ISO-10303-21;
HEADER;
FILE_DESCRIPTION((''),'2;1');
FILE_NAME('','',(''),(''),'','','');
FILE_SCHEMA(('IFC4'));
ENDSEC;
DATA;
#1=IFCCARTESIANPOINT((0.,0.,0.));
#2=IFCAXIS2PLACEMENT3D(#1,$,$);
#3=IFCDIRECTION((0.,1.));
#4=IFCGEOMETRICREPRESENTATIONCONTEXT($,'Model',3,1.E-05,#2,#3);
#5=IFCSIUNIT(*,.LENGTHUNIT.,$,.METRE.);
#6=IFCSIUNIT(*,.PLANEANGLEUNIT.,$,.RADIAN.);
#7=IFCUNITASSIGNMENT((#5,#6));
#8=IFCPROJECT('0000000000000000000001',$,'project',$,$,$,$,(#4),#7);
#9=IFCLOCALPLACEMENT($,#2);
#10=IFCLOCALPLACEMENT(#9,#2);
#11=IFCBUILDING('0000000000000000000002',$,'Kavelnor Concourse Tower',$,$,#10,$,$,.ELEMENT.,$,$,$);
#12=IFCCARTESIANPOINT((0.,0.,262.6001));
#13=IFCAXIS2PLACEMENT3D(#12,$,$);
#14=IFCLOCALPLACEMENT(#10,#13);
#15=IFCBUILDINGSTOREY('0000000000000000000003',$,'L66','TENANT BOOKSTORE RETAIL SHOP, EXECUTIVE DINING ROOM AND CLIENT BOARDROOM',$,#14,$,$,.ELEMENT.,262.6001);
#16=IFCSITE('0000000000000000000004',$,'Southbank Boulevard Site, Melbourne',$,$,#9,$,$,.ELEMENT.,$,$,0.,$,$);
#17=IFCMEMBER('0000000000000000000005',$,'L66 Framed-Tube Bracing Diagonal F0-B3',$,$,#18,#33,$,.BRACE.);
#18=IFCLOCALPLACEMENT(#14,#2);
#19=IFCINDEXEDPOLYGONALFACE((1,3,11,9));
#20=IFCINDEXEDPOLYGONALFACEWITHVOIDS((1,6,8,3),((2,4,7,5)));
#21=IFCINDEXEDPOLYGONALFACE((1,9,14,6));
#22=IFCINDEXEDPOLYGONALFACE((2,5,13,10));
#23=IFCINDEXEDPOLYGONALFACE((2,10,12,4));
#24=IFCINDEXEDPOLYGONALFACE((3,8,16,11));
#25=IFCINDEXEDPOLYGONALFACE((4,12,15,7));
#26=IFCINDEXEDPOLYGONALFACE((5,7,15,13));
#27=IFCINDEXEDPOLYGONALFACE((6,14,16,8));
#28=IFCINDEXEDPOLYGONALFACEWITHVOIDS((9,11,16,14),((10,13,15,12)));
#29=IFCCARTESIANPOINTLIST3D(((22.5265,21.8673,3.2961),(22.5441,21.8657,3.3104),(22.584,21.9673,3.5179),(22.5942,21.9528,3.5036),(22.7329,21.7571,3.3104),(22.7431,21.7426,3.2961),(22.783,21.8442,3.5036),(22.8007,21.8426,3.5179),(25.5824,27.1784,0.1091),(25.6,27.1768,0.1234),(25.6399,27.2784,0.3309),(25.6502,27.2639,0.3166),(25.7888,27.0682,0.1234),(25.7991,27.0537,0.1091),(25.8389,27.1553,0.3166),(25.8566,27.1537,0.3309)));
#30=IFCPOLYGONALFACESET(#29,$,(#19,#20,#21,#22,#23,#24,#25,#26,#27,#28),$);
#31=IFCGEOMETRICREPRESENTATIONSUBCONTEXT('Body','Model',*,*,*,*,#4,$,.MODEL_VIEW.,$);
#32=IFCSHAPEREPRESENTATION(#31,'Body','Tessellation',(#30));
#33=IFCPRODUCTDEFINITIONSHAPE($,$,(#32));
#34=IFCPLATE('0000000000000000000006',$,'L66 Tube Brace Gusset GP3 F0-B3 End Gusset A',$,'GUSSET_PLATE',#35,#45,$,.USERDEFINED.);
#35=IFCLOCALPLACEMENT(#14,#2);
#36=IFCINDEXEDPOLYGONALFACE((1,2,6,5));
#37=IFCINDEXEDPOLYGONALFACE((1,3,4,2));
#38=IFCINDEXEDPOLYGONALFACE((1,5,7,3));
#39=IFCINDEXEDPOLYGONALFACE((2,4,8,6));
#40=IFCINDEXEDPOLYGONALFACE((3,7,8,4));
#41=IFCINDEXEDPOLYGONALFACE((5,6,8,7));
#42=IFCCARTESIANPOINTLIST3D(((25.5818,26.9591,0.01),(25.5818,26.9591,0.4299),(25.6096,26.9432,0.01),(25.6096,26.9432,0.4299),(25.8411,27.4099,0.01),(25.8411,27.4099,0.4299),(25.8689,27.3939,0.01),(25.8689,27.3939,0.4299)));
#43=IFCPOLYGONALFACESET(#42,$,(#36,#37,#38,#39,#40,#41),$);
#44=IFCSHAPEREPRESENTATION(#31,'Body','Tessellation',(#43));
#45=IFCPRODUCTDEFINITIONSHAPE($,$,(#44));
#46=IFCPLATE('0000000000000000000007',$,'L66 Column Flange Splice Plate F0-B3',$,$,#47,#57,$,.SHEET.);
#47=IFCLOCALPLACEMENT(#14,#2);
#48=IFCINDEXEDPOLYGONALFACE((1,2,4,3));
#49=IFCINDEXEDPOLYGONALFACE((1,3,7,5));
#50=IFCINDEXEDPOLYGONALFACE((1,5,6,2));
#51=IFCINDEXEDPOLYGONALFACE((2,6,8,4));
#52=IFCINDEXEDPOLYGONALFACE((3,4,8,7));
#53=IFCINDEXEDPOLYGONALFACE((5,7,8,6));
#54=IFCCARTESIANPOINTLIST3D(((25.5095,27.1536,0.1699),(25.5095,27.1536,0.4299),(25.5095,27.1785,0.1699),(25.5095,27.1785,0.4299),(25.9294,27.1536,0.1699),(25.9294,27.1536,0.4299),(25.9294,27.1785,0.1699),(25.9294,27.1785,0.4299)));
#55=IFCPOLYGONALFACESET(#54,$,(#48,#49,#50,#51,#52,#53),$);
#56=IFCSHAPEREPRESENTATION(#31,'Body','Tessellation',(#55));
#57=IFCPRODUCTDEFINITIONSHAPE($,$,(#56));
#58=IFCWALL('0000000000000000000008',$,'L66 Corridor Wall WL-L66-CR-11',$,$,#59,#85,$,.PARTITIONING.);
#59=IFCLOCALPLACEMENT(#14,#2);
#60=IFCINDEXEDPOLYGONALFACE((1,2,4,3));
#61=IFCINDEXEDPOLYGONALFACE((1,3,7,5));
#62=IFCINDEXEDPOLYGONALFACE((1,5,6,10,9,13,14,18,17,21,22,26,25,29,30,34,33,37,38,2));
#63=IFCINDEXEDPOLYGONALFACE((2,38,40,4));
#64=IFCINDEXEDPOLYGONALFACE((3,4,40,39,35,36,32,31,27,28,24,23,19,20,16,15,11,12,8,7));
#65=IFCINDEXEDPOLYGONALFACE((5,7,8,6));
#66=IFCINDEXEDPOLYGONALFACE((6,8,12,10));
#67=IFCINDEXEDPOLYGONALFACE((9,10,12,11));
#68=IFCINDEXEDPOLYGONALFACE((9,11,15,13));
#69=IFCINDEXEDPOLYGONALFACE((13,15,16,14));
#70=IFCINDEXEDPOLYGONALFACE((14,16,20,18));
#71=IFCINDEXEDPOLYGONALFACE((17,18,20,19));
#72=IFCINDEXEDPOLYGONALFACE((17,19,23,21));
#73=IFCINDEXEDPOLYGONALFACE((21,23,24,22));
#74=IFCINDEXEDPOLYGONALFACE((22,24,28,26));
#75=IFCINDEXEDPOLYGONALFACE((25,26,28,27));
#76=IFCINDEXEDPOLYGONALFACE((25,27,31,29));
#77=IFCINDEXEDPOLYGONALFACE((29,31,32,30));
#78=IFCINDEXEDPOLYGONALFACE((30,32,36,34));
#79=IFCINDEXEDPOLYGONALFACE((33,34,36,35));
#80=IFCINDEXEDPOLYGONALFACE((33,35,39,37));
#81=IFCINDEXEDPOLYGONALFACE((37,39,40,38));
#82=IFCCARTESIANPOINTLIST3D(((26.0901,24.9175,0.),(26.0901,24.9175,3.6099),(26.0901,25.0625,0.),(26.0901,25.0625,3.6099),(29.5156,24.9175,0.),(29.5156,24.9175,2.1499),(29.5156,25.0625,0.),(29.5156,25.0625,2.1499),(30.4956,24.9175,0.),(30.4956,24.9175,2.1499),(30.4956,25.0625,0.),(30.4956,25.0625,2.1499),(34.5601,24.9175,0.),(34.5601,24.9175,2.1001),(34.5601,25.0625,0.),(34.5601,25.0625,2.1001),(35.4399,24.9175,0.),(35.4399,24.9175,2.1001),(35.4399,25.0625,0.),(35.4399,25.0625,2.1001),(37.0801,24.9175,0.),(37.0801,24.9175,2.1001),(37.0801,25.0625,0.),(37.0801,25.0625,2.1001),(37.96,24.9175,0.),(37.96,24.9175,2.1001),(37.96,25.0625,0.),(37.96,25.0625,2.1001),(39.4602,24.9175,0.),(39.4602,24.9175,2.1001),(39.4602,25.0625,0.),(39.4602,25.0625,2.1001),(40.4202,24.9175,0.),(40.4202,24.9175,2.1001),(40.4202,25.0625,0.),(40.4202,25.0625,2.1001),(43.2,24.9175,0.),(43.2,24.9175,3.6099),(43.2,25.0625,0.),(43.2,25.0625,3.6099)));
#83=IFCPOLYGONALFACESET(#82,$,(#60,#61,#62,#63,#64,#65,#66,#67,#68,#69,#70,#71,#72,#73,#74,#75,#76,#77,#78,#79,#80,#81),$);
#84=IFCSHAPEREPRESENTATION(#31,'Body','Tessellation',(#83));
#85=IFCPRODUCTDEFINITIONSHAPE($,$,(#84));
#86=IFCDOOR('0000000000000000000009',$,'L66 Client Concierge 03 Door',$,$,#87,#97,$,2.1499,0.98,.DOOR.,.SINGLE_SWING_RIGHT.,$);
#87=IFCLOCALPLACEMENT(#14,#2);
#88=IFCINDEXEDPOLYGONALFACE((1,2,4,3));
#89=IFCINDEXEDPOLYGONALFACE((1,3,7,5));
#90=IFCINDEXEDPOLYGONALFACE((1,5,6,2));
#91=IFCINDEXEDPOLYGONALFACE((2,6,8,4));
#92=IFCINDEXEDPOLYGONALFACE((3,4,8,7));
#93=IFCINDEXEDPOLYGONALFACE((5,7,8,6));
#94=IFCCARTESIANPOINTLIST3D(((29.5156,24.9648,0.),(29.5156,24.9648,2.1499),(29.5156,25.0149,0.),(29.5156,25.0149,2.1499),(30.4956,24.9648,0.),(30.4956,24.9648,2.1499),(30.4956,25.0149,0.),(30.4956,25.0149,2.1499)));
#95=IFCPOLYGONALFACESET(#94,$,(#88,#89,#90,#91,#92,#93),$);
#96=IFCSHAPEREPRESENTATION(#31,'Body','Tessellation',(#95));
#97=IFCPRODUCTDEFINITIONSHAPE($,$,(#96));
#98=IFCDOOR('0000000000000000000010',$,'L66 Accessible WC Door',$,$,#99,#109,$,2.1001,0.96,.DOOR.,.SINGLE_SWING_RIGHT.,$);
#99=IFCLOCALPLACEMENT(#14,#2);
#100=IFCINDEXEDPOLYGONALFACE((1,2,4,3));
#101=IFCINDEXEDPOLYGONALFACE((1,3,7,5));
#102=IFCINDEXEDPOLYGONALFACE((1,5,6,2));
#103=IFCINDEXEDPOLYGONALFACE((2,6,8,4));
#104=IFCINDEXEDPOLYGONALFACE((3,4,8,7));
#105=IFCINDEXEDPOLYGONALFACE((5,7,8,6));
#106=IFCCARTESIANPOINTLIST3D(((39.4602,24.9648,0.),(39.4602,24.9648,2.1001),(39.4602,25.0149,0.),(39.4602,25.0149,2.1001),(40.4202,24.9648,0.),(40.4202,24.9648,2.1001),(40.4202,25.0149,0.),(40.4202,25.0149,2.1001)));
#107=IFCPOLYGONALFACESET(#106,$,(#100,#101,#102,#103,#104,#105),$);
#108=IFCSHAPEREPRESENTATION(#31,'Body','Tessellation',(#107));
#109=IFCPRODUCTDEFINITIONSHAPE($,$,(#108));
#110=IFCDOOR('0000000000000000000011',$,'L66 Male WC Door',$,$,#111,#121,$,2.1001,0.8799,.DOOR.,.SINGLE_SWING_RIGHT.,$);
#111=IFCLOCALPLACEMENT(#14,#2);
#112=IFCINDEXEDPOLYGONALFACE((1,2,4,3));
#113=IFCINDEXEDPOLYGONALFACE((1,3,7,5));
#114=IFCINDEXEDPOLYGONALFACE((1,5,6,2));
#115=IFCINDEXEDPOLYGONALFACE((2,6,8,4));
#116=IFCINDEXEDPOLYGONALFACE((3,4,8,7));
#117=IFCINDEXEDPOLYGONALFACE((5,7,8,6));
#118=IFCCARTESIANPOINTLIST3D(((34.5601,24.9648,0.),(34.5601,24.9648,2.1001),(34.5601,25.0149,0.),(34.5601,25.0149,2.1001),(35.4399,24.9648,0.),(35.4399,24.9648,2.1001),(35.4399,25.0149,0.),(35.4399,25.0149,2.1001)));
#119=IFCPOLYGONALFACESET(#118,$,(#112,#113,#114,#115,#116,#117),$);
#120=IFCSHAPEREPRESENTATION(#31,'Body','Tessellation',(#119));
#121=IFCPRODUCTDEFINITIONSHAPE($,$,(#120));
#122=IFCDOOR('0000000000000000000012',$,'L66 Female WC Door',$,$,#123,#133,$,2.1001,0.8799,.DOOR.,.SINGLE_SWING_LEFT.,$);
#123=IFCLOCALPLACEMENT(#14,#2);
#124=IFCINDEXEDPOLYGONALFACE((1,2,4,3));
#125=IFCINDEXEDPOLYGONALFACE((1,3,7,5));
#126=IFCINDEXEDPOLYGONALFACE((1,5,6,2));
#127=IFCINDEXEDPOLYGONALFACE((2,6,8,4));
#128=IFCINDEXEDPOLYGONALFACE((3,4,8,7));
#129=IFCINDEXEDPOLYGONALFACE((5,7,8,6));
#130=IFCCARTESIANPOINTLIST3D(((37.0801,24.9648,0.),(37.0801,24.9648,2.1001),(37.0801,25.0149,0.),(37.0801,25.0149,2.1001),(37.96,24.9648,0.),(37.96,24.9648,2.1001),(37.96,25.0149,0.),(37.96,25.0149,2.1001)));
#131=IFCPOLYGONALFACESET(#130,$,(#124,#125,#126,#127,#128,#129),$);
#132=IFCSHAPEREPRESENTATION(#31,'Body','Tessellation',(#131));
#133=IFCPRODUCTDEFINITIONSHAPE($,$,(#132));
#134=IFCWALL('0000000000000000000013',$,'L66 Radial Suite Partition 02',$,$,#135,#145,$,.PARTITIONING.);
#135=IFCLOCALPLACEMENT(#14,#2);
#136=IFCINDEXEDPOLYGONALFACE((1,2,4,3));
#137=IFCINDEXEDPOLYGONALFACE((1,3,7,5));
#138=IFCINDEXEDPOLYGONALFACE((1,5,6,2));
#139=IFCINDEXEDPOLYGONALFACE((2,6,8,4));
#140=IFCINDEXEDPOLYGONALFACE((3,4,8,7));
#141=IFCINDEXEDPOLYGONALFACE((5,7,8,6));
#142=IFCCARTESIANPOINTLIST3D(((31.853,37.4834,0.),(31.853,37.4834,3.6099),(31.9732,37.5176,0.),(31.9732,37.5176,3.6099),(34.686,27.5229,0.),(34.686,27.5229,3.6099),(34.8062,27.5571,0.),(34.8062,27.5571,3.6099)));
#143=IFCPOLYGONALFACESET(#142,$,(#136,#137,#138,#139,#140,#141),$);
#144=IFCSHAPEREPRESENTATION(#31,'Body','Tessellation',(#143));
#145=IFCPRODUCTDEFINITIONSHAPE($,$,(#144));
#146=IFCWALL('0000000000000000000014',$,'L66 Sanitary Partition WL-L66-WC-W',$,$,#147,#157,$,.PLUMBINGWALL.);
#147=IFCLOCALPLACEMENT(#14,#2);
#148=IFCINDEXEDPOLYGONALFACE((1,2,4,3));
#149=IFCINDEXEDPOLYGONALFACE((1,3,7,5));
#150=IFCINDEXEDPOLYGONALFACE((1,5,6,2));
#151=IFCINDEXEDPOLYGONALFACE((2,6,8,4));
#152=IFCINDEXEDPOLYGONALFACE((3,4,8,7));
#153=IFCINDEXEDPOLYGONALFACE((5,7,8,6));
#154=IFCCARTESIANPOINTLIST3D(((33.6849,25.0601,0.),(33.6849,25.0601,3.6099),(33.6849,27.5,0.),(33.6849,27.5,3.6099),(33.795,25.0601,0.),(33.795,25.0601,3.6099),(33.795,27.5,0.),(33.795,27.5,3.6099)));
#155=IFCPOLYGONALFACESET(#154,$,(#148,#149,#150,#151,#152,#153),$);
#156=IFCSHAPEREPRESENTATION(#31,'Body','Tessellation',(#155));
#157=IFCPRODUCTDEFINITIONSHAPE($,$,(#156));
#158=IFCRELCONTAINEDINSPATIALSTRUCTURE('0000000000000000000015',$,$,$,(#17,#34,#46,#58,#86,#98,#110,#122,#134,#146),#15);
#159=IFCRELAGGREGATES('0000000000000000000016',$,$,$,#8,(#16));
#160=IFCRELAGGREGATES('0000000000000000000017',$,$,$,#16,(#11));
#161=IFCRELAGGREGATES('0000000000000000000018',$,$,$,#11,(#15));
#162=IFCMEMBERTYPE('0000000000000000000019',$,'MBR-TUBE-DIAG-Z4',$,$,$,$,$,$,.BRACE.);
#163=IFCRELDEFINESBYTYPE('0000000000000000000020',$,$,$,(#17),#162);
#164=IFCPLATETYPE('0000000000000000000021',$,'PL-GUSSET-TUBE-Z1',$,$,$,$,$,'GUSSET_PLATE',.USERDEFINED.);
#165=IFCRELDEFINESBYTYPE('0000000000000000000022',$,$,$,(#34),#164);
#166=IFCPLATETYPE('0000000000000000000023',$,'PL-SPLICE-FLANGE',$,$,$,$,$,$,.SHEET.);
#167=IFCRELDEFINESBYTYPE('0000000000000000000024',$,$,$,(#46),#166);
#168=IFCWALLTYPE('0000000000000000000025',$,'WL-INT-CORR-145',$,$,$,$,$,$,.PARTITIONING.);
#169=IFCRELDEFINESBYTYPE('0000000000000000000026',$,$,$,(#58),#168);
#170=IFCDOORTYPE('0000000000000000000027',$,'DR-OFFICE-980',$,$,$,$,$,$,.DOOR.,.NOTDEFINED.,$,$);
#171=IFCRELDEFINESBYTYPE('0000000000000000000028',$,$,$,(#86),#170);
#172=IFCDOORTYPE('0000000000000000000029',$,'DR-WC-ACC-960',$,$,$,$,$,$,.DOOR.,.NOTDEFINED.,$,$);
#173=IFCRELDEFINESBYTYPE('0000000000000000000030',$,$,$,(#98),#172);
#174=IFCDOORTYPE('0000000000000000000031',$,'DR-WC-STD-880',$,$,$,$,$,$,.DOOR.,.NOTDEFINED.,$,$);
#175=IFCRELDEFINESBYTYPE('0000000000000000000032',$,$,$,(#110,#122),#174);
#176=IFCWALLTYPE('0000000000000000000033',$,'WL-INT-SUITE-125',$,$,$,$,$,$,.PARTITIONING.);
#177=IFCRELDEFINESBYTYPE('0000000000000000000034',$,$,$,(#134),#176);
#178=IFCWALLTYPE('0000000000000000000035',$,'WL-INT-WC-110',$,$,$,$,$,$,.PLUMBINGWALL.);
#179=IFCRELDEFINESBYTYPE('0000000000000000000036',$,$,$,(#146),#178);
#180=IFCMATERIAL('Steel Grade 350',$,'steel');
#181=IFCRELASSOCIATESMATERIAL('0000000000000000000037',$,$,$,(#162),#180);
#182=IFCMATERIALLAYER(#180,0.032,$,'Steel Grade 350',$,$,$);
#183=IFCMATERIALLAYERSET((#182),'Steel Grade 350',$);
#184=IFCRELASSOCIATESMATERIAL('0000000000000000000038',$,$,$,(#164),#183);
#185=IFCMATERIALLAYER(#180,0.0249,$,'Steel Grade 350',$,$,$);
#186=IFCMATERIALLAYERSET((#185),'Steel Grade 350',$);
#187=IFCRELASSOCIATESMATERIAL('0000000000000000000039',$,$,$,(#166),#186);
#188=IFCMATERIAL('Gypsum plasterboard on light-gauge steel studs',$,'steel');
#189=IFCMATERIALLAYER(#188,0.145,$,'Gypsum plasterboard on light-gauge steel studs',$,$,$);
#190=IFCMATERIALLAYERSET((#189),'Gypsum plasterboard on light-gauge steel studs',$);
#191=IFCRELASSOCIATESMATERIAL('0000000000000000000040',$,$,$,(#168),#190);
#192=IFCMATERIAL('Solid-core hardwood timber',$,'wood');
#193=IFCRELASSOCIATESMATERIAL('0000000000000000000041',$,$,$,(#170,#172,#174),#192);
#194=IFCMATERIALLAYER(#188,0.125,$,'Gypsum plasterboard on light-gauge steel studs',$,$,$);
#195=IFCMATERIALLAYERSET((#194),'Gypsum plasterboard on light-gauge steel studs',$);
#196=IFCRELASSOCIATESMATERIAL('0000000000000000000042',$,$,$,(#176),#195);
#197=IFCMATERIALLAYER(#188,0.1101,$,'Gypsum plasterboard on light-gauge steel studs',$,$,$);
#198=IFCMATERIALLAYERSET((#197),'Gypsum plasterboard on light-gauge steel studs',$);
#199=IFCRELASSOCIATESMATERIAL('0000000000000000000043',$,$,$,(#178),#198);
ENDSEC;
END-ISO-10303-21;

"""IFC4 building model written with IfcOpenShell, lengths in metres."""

from ifc_helpers import new_model, si_unit, direction, frame, frame_2d, origin, origin_2d, place, context, subcontext, project, spatial, rectangle, hollow_rectangle, extrude, material, layer, layer_set, material_profile, profile_set, type_object, element, fill, save


model = new_model("IFC4")

# Units and contexts
model_context = context("Model", 3, precision=1e-05, world=origin(), true_north=direction((0.0, 1.0)))
body_context = subcontext(model_context, "Body", "Model", "MODEL_VIEW")
ifc_project = project(units=[si_unit("LENGTHUNIT", "METRE"), si_unit("PLANEANGLEUNIT", "RADIAN")], contexts=[model_context])

# Site, building, storey
site_placement = place(None, origin())
site = spatial("IfcSite", under=ifc_project, at=site_placement, Name="Southbank Boulevard Site, Melbourne", CompositionType="ELEMENT", RefElevation=0.0)
building_placement = place(site_placement, origin())
building = spatial("IfcBuilding", under=site, at=building_placement, Name="Kavelnor Concourse Tower", CompositionType="ELEMENT")
storey_placement = place(building_placement, frame((0.0, 0.0, 262.6001)))
storey = spatial("IfcBuildingStorey", under=building, at=storey_placement, Name="L66", Description="TENANT BOOKSTORE RETAIL SHOP, EXECUTIVE DINING ROOM AND CLIENT BOARDROOM", CompositionType="ELEMENT", Elevation=262.6001)

# Shared definitions
ifc_material_1 = material(Name="Steel Grade 350", Category="steel")

# Member
ifc_material_profile_1 = material_profile(ifc_material_1, hollow_rectangle(XDim=0.25, YDim=0.25, WallThickness=0.0161, at=origin_2d()), Name="SHS 250x250x16")
ifc_profile_set_1 = profile_set([ifc_material_profile_1], Name="Steel Grade 350")
member_type = type_object("IfcMemberType", Name="MBR-TUBE-DIAG-Z4", PredefinedType="BRACE", material=ifc_profile_set_1)
member_placement = place(storey_placement, frame((25.7195, 27.166, 0.22), z_axis=(-0.442455, -0.768967, 0.461437), x_axis=(0.866761, -0.498724, 0.0)))
element("IfcMember", 1, at=member_placement, inside=storey, type_object=member_type, Name="L66 Framed-Tube Bracing Diagonal F0-B3", PredefinedType="BRACE", context=body_context, shape_type="SweptSolid", body=[
    extrude(hollow_rectangle(XDim=0.25, YDim=0.25, WallThickness=0.0161, at=origin_2d()), origin(), (0.0, 0.0, 1.0), 6.9067),
])

# Plates
ifc_layer_1 = layer(ifc_material_1, 0.032, Name="Steel Grade 350")
ifc_layer_set_1 = layer_set([ifc_layer_1], Name="Steel Grade 350")
plate_type_1 = type_object("IfcPlateType", Name="PL-GUSSET-TUBE-Z1", ElementType="GUSSET_PLATE", PredefinedType="USERDEFINED", material=ifc_layer_set_1)
plate_1_placement = place(storey_placement, frame((25.7253, 27.1765, 0.01), z_axis=(0.0, 0.0, 1.0), x_axis=(-0.498639, -0.86681, 0.0)))
element("IfcPlate", 2, at=plate_1_placement, inside=storey, type_object=plate_type_1, Name="L66 Tube Brace Gusset GP3 F0-B3 End Gusset A", ObjectType="GUSSET_PLATE", PredefinedType="USERDEFINED", context=body_context, shape_type="SweptSolid", body=[
    extrude(rectangle(XDim=0.52, YDim=0.032, at=origin_2d()), origin(), (0.0, 0.0, 1.0), 0.4199),
])
ifc_layer_2 = layer(ifc_material_1, 0.0249, Name="Steel Grade 350")
ifc_layer_set_2 = layer_set([ifc_layer_2], Name="Steel Grade 350")
plate_type_2 = type_object("IfcPlateType", Name="PL-SPLICE-FLANGE", PredefinedType="SHEET", material=ifc_layer_set_2)
plate_2_placement = place(storey_placement, frame((25.7195, 27.166, 0.1699), z_axis=(0.0, 0.0, 1.0), x_axis=(1.0, 0.0, 0.0)))
element("IfcPlate", 3, at=plate_2_placement, inside=storey, type_object=plate_type_2, Name="L66 Column Flange Splice Plate F0-B3", PredefinedType="SHEET", context=body_context, shape_type="SweptSolid", body=[
    extrude(rectangle(XDim=0.4199, YDim=0.0249, at=origin_2d()), origin(), (0.0, 0.0, 1.0), 0.26),
])

# Wall, openings, doors
ifc_material_2 = material(Name="Gypsum plasterboard on light-gauge steel studs", Category="steel")
ifc_layer_3 = layer(ifc_material_2, 0.145, Name="Gypsum plasterboard on light-gauge steel studs")
ifc_layer_set_3 = layer_set([ifc_layer_3], Name="Gypsum plasterboard on light-gauge steel studs")
wall_type_1 = type_object("IfcWallType", Name="WL-INT-CORR-145", PredefinedType="PARTITIONING", material=ifc_layer_set_3)
wall_1_placement = place(storey_placement, frame((26.0901, 24.99, 0.0), z_axis=(0.0, 0.0, 1.0), x_axis=(1.0, 0.0, 0.0)))
wall_1 = element("IfcWall", 4, at=wall_1_placement, inside=storey, type_object=wall_type_1, Name="L66 Corridor Wall WL-L66-CR-11", PredefinedType="PARTITIONING", context=body_context, shape_type="SweptSolid", body=[
    extrude(rectangle(XDim=17.1099, YDim=0.145, at=frame_2d((8.5549, 0.0))), origin(), (0.0, 0.0, 1.0), 3.6099),
])
opening_1_placement = place(wall_1_placement, frame((8.47, 0.0, 0.0)))
opening_1 = element("IfcOpeningElement", 5, at=opening_1_placement, cuts=wall_1, PredefinedType="OPENING", context=body_context, shape_type="SweptSolid", body=[
    extrude(rectangle(XDim=0.8799, YDim=2.1001, at=frame_2d((0.4399, 1.05))), frame((0.0, 0.0825, 0.0), z_axis=(0.0, -1.0, 0.0), x_axis=(1.0, 0.0, 0.0)), (0.0, 0.0, 1.0), 0.165),
])
opening_2_placement = place(wall_1_placement, frame((10.99, 0.0, 0.0)))
opening_2 = element("IfcOpeningElement", 6, at=opening_2_placement, cuts=wall_1, PredefinedType="OPENING", context=body_context, shape_type="SweptSolid", body=[
    extrude(rectangle(XDim=0.8799, YDim=2.1001, at=frame_2d((0.4399, 1.05))), frame((0.0, 0.0825, 0.0), z_axis=(0.0, -1.0, 0.0), x_axis=(1.0, 0.0, 0.0)), (0.0, 0.0, 1.0), 0.165),
])
opening_3_placement = place(wall_1_placement, frame((13.3701, 0.0, 0.0)))
opening_3 = element("IfcOpeningElement", 7, at=opening_3_placement, cuts=wall_1, PredefinedType="OPENING", context=body_context, shape_type="SweptSolid", body=[
    extrude(rectangle(XDim=0.96, YDim=2.1001, at=frame_2d((0.48, 1.05))), frame((0.0, 0.0825, 0.0), z_axis=(0.0, -1.0, 0.0), x_axis=(1.0, 0.0, 0.0)), (0.0, 0.0, 1.0), 0.165),
])
opening_4_placement = place(wall_1_placement, frame((3.4255, 0.0, 0.0)))
opening_4 = element("IfcOpeningElement", 8, at=opening_4_placement, cuts=wall_1, PredefinedType="OPENING", context=body_context, shape_type="SweptSolid", body=[
    extrude(rectangle(XDim=0.98, YDim=2.1499, at=frame_2d((0.49, 1.075))), frame((0.0, 0.0825, 0.0), z_axis=(0.0, -1.0, 0.0), x_axis=(1.0, 0.0, 0.0)), (0.0, 0.0, 1.0), 0.165),
])
ifc_material_3 = material(Name="Solid-core hardwood timber", Category="wood")
door_type_1 = type_object("IfcDoorType", Name="DR-OFFICE-980", OperationType="NOTDEFINED", PredefinedType="DOOR", material=ifc_material_3)
door_1_placement = place(opening_4_placement, origin())
door_1 = element("IfcDoor", 9, at=door_1_placement, inside=storey, type_object=door_type_1, Name="L66 Client Concierge 03 Door", OperationType="SINGLE_SWING_RIGHT", OverallHeight=2.1499, OverallWidth=0.98, PredefinedType="DOOR", context=body_context, shape_type="SweptSolid", body=[
    extrude(rectangle(XDim=0.98, YDim=2.1499, at=frame_2d((0.49, 1.075))), frame((0.0, 0.0249, 0.0), z_axis=(0.0, -1.0, 0.0), x_axis=(1.0, 0.0, 0.0)), (0.0, 0.0, 1.0), 0.05),
])
fill(opening_4, door_1)
door_type_2 = type_object("IfcDoorType", Name="DR-WC-ACC-960", OperationType="NOTDEFINED", PredefinedType="DOOR", material=ifc_material_3)
door_2_placement = place(opening_3_placement, origin())
door_2 = element("IfcDoor", 10, at=door_2_placement, inside=storey, type_object=door_type_2, Name="L66 Accessible WC Door", OperationType="SINGLE_SWING_RIGHT", OverallHeight=2.1001, OverallWidth=0.96, PredefinedType="DOOR", context=body_context, shape_type="SweptSolid", body=[
    extrude(rectangle(XDim=0.96, YDim=2.1001, at=frame_2d((0.48, 1.05))), frame((0.0, 0.0249, 0.0), z_axis=(0.0, -1.0, 0.0), x_axis=(1.0, 0.0, 0.0)), (0.0, 0.0, 1.0), 0.05),
])
fill(opening_3, door_2)
door_type_3 = type_object("IfcDoorType", Name="DR-WC-STD-880", OperationType="NOTDEFINED", PredefinedType="DOOR", material=ifc_material_3)
door_3_placement = place(opening_1_placement, origin())
door_3 = element("IfcDoor", 11, at=door_3_placement, inside=storey, type_object=door_type_3, Name="L66 Male WC Door", OperationType="SINGLE_SWING_RIGHT", OverallHeight=2.1001, OverallWidth=0.8799, PredefinedType="DOOR", context=body_context, shape_type="SweptSolid", body=[
    extrude(rectangle(XDim=0.8799, YDim=2.1001, at=frame_2d((0.4399, 1.05))), frame((0.0, 0.0249, 0.0), z_axis=(0.0, -1.0, 0.0), x_axis=(1.0, 0.0, 0.0)), (0.0, 0.0, 1.0), 0.05),
])
fill(opening_1, door_3)
door_4_placement = place(opening_2_placement, origin())
door_4 = element("IfcDoor", 12, at=door_4_placement, inside=storey, type_object=door_type_3, Name="L66 Female WC Door", OperationType="SINGLE_SWING_LEFT", OverallHeight=2.1001, OverallWidth=0.8799, PredefinedType="DOOR", context=body_context, shape_type="SweptSolid", body=[
    extrude(rectangle(XDim=0.8799, YDim=2.1001, at=frame_2d((0.4399, 1.05))), frame((0.0, 0.0249, 0.0), z_axis=(0.0, -1.0, 0.0), x_axis=(1.0, 0.0, 0.0)), (0.0, 0.0, 1.0), 0.05),
])
fill(opening_2, door_4)

# Walls
ifc_layer_4 = layer(ifc_material_2, 0.125, Name="Gypsum plasterboard on light-gauge steel studs")
ifc_layer_set_4 = layer_set([ifc_layer_4], Name="Gypsum plasterboard on light-gauge steel studs")
wall_type_2 = type_object("IfcWallType", Name="WL-INT-SUITE-125", PredefinedType="PARTITIONING", material=ifc_layer_set_4)
wall_2_placement = place(storey_placement, frame((34.7461, 27.54, 0.0), z_axis=(0.0, 0.0, 1.0), x_axis=(-0.273575, 0.961851, 0.0)))
element("IfcWall", 13, at=wall_2_placement, inside=storey, type_object=wall_type_2, Name="L66 Radial Suite Partition 02", PredefinedType="PARTITIONING", context=body_context, shape_type="SweptSolid", body=[
    extrude(rectangle(XDim=10.3555, YDim=0.125, at=frame_2d((5.1777, 0.0))), origin(), (0.0, 0.0, 1.0), 3.6099),
])
ifc_layer_5 = layer(ifc_material_2, 0.1101, Name="Gypsum plasterboard on light-gauge steel studs")
ifc_layer_set_5 = layer_set([ifc_layer_5], Name="Gypsum plasterboard on light-gauge steel studs")
wall_type_3 = type_object("IfcWallType", Name="WL-INT-WC-110", PredefinedType="PLUMBINGWALL", material=ifc_layer_set_5)
wall_3_placement = place(storey_placement, frame((33.74, 25.0601, 0.0), z_axis=(0.0, 0.0, 1.0), x_axis=(0.0, 1.0, 0.0)))
element("IfcWall", 14, at=wall_3_placement, inside=storey, type_object=wall_type_3, Name="L66 Sanitary Partition WL-L66-WC-W", PredefinedType="PLUMBINGWALL", context=body_context, shape_type="SweptSolid", body=[
    extrude(rectangle(XDim=2.4399, YDim=0.1101, at=frame_2d((1.22, 0.0))), origin(), (0.0, 0.0, 1.0), 3.6099),
])

save(model, "model.ifc")
